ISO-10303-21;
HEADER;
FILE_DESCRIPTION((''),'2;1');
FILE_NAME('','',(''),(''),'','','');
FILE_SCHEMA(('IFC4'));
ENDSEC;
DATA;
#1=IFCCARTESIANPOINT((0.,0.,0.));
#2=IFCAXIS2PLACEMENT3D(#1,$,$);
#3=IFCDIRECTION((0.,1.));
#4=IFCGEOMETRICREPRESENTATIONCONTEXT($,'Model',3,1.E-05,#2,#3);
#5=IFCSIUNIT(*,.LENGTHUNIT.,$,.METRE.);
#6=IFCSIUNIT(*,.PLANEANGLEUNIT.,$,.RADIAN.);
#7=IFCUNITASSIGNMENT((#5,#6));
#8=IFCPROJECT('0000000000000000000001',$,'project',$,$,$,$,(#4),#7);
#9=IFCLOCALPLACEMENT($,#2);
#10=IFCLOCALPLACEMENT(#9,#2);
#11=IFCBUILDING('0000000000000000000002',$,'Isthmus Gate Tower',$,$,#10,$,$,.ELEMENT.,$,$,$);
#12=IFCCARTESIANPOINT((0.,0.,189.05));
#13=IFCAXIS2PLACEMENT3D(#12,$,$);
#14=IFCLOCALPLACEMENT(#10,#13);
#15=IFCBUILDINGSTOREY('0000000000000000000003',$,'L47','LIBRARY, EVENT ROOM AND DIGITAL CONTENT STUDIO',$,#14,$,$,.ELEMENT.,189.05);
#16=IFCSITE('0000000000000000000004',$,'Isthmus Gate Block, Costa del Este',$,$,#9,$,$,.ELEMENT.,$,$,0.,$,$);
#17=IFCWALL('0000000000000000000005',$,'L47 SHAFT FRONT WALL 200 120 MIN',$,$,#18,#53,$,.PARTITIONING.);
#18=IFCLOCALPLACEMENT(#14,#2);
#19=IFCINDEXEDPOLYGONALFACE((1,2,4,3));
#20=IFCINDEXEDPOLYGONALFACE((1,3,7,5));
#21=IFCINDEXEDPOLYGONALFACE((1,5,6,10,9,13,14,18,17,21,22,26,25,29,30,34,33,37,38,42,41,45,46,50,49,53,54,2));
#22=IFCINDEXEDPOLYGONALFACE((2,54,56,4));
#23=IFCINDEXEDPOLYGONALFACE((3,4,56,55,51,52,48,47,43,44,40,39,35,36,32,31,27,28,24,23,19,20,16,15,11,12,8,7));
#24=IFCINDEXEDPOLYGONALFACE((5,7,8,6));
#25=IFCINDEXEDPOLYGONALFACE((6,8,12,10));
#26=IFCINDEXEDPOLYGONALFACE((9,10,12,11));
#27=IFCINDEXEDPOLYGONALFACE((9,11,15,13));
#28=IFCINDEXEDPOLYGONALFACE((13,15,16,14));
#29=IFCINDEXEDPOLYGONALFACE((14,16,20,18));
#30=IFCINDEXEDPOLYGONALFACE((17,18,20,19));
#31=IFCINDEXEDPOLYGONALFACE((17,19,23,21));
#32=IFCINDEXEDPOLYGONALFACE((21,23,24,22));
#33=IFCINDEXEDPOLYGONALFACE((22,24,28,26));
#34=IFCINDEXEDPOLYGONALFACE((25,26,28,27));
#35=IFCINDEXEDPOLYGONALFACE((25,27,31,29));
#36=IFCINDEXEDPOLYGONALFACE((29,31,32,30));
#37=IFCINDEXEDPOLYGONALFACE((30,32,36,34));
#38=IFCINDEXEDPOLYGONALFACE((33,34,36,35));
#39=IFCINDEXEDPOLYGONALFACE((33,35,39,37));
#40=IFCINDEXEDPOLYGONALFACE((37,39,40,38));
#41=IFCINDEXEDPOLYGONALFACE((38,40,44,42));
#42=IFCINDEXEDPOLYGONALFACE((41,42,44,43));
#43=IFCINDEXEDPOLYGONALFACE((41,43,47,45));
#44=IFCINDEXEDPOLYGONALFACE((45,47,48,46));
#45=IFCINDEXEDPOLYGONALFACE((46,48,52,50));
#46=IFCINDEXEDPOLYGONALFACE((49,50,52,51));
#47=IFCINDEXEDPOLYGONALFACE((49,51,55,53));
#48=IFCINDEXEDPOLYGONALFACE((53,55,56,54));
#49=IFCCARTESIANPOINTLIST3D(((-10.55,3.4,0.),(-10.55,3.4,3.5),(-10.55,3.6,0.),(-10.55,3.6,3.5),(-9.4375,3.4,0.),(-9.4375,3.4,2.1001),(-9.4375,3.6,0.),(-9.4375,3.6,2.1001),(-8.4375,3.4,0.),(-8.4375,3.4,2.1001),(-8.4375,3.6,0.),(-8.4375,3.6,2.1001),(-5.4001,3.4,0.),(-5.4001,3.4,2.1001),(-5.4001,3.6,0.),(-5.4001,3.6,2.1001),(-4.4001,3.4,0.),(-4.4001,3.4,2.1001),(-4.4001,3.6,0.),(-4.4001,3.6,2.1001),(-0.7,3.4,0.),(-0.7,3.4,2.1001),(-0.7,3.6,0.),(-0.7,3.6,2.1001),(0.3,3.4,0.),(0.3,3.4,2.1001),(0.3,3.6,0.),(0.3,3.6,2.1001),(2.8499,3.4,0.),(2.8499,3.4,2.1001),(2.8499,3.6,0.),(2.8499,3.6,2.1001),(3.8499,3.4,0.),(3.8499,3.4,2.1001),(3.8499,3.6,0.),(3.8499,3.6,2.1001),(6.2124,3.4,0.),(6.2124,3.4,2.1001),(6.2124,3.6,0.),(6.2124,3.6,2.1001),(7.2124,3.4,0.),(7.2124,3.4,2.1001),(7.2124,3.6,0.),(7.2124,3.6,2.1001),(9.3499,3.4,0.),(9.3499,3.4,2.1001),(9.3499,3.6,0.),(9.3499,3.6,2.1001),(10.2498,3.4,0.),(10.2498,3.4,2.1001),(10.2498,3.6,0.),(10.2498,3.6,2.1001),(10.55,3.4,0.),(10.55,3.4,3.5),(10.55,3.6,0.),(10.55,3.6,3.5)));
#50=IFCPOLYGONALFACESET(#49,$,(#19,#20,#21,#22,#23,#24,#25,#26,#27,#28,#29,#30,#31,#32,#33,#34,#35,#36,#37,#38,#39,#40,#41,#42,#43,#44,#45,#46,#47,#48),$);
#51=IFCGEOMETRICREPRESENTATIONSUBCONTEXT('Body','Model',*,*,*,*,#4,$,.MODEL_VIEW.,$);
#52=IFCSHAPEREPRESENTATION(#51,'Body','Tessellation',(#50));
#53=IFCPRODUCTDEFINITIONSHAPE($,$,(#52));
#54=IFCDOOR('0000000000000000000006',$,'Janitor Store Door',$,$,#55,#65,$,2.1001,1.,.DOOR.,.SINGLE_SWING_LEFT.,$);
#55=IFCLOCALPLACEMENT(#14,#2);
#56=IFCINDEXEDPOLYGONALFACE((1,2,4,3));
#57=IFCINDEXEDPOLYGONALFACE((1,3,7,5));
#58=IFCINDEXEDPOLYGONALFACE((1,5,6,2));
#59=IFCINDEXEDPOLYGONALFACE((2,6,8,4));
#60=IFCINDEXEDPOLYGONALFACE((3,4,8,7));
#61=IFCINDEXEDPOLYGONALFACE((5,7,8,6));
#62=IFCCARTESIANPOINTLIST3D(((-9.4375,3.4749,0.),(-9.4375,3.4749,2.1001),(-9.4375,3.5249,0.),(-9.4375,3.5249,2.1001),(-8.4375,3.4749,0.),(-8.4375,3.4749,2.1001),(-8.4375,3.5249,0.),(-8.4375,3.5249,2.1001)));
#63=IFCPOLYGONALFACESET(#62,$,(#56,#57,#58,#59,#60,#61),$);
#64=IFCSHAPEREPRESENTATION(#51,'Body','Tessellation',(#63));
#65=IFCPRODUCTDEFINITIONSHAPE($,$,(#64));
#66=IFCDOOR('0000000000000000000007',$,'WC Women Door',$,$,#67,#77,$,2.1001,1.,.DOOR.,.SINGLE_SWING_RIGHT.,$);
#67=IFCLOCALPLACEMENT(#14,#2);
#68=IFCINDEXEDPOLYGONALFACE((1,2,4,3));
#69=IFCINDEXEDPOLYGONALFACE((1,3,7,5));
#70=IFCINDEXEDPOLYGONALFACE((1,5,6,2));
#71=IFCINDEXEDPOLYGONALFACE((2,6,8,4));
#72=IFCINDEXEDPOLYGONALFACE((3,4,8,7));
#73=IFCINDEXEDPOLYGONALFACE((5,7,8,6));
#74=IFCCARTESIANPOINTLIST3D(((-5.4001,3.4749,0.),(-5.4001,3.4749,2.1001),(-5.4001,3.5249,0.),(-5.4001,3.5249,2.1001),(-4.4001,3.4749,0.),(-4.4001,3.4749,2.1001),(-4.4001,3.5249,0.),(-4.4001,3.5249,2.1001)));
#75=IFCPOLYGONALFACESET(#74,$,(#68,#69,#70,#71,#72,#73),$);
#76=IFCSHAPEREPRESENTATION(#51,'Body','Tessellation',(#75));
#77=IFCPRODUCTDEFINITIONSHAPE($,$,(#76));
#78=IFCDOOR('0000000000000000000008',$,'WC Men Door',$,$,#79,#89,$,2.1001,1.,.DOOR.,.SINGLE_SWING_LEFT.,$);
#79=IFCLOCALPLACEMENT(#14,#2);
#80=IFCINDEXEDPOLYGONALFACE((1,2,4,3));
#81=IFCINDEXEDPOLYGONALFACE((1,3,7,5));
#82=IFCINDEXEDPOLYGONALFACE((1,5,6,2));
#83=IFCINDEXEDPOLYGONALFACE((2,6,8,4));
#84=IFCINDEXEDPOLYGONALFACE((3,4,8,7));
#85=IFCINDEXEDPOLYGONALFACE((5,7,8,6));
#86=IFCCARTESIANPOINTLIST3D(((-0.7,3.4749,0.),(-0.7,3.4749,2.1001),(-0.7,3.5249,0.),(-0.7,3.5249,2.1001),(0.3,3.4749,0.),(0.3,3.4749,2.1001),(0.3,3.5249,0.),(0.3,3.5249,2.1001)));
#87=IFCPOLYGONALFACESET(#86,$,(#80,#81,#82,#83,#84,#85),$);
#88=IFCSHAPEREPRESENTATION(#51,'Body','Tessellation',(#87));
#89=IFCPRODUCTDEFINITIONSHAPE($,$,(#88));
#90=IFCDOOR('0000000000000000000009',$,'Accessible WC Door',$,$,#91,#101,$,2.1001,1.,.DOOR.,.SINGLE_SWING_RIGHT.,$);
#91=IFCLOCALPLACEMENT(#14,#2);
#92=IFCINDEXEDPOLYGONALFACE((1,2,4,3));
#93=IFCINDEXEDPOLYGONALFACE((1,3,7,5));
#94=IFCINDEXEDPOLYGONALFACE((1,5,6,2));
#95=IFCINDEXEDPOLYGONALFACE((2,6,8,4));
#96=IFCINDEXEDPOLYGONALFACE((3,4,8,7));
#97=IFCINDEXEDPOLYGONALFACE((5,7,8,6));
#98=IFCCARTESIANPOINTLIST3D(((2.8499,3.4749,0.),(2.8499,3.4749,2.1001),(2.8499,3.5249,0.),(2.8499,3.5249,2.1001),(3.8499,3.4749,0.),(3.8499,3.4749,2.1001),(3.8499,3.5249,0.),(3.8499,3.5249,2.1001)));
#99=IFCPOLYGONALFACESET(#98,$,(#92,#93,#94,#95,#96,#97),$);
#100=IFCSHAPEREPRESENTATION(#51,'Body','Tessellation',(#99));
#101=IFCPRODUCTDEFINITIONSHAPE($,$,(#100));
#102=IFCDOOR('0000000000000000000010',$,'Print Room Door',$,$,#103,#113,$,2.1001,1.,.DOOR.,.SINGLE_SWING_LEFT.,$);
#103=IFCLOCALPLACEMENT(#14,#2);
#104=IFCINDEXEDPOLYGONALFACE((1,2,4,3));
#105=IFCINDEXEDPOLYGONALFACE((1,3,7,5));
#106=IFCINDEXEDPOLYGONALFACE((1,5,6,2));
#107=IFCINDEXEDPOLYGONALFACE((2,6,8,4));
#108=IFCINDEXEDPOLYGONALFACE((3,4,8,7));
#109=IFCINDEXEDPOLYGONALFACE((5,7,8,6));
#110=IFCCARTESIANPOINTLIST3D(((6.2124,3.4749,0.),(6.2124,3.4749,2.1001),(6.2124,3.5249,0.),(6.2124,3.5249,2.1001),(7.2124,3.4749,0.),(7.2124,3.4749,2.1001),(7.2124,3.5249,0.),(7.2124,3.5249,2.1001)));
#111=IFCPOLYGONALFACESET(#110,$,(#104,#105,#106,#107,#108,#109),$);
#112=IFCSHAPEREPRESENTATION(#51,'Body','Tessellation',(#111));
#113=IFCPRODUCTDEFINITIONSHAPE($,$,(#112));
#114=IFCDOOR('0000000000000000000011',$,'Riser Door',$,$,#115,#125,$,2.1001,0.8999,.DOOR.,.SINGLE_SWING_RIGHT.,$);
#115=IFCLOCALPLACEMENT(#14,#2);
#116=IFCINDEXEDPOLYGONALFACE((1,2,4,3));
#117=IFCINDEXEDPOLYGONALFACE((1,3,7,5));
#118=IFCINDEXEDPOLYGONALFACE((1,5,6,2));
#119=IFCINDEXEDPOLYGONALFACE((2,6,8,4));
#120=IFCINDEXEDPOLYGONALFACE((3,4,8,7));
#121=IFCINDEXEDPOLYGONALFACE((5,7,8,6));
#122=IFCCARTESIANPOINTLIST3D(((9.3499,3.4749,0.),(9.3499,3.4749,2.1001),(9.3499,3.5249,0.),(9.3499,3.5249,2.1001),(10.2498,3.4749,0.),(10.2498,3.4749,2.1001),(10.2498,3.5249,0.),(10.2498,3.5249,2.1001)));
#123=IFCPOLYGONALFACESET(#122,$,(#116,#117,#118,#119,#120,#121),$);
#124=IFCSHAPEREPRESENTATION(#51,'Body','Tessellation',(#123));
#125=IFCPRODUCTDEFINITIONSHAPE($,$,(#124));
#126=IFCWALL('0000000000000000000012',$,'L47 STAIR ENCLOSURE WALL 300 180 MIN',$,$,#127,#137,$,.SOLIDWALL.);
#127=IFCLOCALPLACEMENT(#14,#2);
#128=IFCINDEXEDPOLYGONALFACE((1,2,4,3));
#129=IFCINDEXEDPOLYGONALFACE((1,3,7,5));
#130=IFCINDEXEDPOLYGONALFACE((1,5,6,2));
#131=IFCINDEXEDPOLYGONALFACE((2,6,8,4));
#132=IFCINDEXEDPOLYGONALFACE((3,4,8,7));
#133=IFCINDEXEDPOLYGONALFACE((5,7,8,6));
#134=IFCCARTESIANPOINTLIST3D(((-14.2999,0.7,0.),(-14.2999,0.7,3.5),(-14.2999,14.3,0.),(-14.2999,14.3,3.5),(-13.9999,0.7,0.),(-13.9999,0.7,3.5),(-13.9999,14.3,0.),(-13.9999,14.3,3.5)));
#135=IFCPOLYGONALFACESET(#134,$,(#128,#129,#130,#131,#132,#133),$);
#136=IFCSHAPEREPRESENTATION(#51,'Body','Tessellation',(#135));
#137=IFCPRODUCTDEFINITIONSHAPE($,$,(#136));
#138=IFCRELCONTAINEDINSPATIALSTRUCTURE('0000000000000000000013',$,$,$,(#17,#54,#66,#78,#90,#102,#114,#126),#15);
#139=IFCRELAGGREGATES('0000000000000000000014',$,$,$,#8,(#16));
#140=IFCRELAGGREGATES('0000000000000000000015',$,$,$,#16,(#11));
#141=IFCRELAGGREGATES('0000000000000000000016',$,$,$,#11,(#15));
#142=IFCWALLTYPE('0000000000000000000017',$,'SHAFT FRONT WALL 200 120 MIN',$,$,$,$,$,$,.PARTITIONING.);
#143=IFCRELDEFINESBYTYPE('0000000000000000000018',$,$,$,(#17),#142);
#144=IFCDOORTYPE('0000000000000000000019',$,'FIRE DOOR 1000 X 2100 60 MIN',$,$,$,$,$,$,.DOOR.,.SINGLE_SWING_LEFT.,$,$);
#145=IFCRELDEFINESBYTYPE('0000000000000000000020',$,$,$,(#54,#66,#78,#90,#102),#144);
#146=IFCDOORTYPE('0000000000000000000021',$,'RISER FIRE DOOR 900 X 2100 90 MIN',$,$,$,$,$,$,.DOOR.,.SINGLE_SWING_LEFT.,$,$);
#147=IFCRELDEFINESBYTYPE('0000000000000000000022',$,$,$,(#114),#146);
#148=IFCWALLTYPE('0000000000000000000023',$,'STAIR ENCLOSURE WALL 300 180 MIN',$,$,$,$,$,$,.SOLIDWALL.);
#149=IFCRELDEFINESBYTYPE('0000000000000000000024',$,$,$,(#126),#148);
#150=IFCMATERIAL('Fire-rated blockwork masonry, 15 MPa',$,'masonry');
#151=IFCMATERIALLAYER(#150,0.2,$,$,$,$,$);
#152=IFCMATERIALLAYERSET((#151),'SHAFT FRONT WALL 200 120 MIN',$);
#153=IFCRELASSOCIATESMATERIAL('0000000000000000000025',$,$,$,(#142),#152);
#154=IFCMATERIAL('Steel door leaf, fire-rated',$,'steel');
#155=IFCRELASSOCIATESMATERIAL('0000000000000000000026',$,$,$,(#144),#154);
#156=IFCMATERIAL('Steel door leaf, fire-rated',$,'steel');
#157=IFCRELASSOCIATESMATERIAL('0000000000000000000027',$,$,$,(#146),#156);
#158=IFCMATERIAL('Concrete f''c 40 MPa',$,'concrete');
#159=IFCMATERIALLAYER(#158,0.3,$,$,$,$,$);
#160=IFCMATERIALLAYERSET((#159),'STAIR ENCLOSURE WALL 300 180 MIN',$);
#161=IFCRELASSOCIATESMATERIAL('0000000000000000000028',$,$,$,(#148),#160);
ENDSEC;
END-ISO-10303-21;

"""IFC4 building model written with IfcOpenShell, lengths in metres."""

from ifc_helpers import new_model, si_unit, direction, frame, frame_2d, origin, place, context, subcontext, project, spatial, rectangle, extrude, material, layer, layer_set, type_object, element, fill, save


model = new_model("IFC4")

# Units and contexts
model_context = context("Model", 3, precision=1e-05, world=origin(), true_north=direction((0.0, 1.0)))
body_context = subcontext(model_context, "Body", "Model", "MODEL_VIEW")
ifc_project = project(units=[si_unit("LENGTHUNIT", "METRE"), si_unit("PLANEANGLEUNIT", "RADIAN")], contexts=[model_context])

# Site, building, storey
site_placement = place(None, origin())
site = spatial("IfcSite", under=ifc_project, at=site_placement, Name="Isthmus Gate Block, Costa del Este", CompositionType="ELEMENT", RefElevation=0.0)
building_placement = place(site_placement, origin())
building = spatial("IfcBuilding", under=site, at=building_placement, Name="Isthmus Gate Tower", CompositionType="ELEMENT")
storey_placement = place(building_placement, frame((0.0, 0.0, 189.05)))
storey = spatial("IfcBuildingStorey", under=building, at=storey_placement, Name="L47", Description="LIBRARY, EVENT ROOM AND DIGITAL CONTENT STUDIO", CompositionType="ELEMENT", Elevation=189.05)

# Wall, openings, doors
ifc_material_1 = material(Name="Fire-rated blockwork masonry, 15 MPa", Category="masonry")
ifc_layer_1 = layer(ifc_material_1, 0.2)
ifc_layer_set_1 = layer_set([ifc_layer_1], Name="SHAFT FRONT WALL 200 120 MIN")
wall_type_1 = type_object("IfcWallType", Name="SHAFT FRONT WALL 200 120 MIN", PredefinedType="PARTITIONING", material=ifc_layer_set_1)
wall_1_placement = place(storey_placement, frame((-10.55, 3.5, 0.0), z_axis=(0.0, 0.0, 1.0), x_axis=(1.0, 0.0, 0.0)))
wall_1 = element("IfcWall", 1, at=wall_1_placement, inside=storey, type_object=wall_type_1, Name="L47 SHAFT FRONT WALL 200 120 MIN", PredefinedType="PARTITIONING", context=body_context, shape_type="SweptSolid", body=[
    extrude(rectangle(XDim=21.1001, YDim=0.2, at=frame_2d((10.55, 0.0))), origin(), (0.0, 0.0, 1.0), 3.5),
])
opening_1_placement = place(wall_1_placement, frame((1.1125, 0.0, 0.0)))
opening_1 = element("IfcOpeningElement", 2, at=opening_1_placement, cuts=wall_1, PredefinedType="OPENING", context=body_context, shape_type="SweptSolid", body=[
    extrude(rectangle(XDim=1.0, YDim=2.1001, at=frame_2d((0.5, 1.05))), frame((0.0, 0.1099, 0.0), z_axis=(0.0, -1.0, 0.0), x_axis=(1.0, 0.0, 0.0)), (0.0, 0.0, 1.0), 0.22),
])
opening_2_placement = place(wall_1_placement, frame((5.1499, 0.0, 0.0)))
opening_2 = element("IfcOpeningElement", 3, at=opening_2_placement, cuts=wall_1, PredefinedType="OPENING", context=body_context, shape_type="SweptSolid", body=[
    extrude(rectangle(XDim=1.0, YDim=2.1001, at=frame_2d((0.5, 1.05))), frame((0.0, 0.1099, 0.0), z_axis=(0.0, -1.0, 0.0), x_axis=(1.0, 0.0, 0.0)), (0.0, 0.0, 1.0), 0.22),
])
opening_3_placement = place(wall_1_placement, frame((9.8501, 0.0, 0.0)))
opening_3 = element("IfcOpeningElement", 4, at=opening_3_placement, cuts=wall_1, PredefinedType="OPENING", context=body_context, shape_type="SweptSolid", body=[
    extrude(rectangle(XDim=1.0, YDim=2.1001, at=frame_2d((0.5, 1.05))), frame((0.0, 0.1099, 0.0), z_axis=(0.0, -1.0, 0.0), x_axis=(1.0, 0.0, 0.0)), (0.0, 0.0, 1.0), 0.22),
])
opening_4_placement = place(wall_1_placement, frame((13.3999, 0.0, 0.0)))
opening_4 = element("IfcOpeningElement", 5, at=opening_4_placement, cuts=wall_1, PredefinedType="OPENING", context=body_context, shape_type="SweptSolid", body=[
    extrude(rectangle(XDim=1.0, YDim=2.1001, at=frame_2d((0.5, 1.05))), frame((0.0, 0.1099, 0.0), z_axis=(0.0, -1.0, 0.0), x_axis=(1.0, 0.0, 0.0)), (0.0, 0.0, 1.0), 0.22),
])
opening_5_placement = place(wall_1_placement, frame((16.7625, 0.0, 0.0)))
opening_5 = element("IfcOpeningElement", 6, at=opening_5_placement, cuts=wall_1, PredefinedType="OPENING", context=body_context, shape_type="SweptSolid", body=[
    extrude(rectangle(XDim=1.0, YDim=2.1001, at=frame_2d((0.5, 1.05))), frame((0.0, 0.1099, 0.0), z_axis=(0.0, -1.0, 0.0), x_axis=(1.0, 0.0, 0.0)), (0.0, 0.0, 1.0), 0.22),
])
opening_6_placement = place(wall_1_placement, frame((19.8999, 0.0, 0.0)))
opening_6 = element("IfcOpeningElement", 7, at=opening_6_placement, cuts=wall_1, PredefinedType="OPENING", context=body_context, shape_type="SweptSolid", body=[
    extrude(rectangle(XDim=0.8999, YDim=2.1001, at=frame_2d((0.45, 1.05))), frame((0.0, 0.1099, 0.0), z_axis=(0.0, -1.0, 0.0), x_axis=(1.0, 0.0, 0.0)), (0.0, 0.0, 1.0), 0.22),
])
ifc_material_2 = material(Name="Steel door leaf, fire-rated", Category="steel")
door_type_1 = type_object("IfcDoorType", Name="FIRE DOOR 1000 X 2100 60 MIN", OperationType="SINGLE_SWING_LEFT", PredefinedType="DOOR", material=ifc_material_2)
door_1_placement = place(opening_1_placement, origin())
door_1 = element("IfcDoor", 8, at=door_1_placement, inside=storey, type_object=door_type_1, Name="Janitor Store Door", OperationType="SINGLE_SWING_LEFT", OverallHeight=2.1001, OverallWidth=1.0, PredefinedType="DOOR", context=body_context, shape_type="SweptSolid", body=[
    extrude(rectangle(XDim=1.0, YDim=2.1001, at=frame_2d((0.5, 1.05))), frame((0.0, 0.0249, 0.0), z_axis=(0.0, -1.0, 0.0), x_axis=(1.0, 0.0, 0.0)), (0.0, 0.0, 1.0), 0.05),
])
fill(opening_1, door_1)
door_2_placement = place(opening_2_placement, origin())
door_2 = element("IfcDoor", 9, at=door_2_placement, inside=storey, type_object=door_type_1, Name="WC Women Door", OperationType="SINGLE_SWING_RIGHT", OverallHeight=2.1001, OverallWidth=1.0, PredefinedType="DOOR", context=body_context, shape_type="SweptSolid", body=[
    extrude(rectangle(XDim=1.0, YDim=2.1001, at=frame_2d((0.5, 1.05))), frame((0.0, 0.0249, 0.0), z_axis=(0.0, -1.0, 0.0), x_axis=(1.0, 0.0, 0.0)), (0.0, 0.0, 1.0), 0.05),
])
fill(opening_2, door_2)
door_3_placement = place(opening_3_placement, origin())
door_3 = element("IfcDoor", 10, at=door_3_placement, inside=storey, type_object=door_type_1, Name="WC Men Door", OperationType="SINGLE_SWING_LEFT", OverallHeight=2.1001, OverallWidth=1.0, PredefinedType="DOOR", context=body_context, shape_type="SweptSolid", body=[
    extrude(rectangle(XDim=1.0, YDim=2.1001, at=frame_2d((0.5, 1.05))), frame((0.0, 0.0249, 0.0), z_axis=(0.0, -1.0, 0.0), x_axis=(1.0, 0.0, 0.0)), (0.0, 0.0, 1.0), 0.05),
])
fill(opening_3, door_3)
door_4_placement = place(opening_4_placement, origin())
door_4 = element("IfcDoor", 11, at=door_4_placement, inside=storey, type_object=door_type_1, Name="Accessible WC Door", OperationType="SINGLE_SWING_RIGHT", OverallHeight=2.1001, OverallWidth=1.0, PredefinedType="DOOR", context=body_context, shape_type="SweptSolid", body=[
    extrude(rectangle(XDim=1.0, YDim=2.1001, at=frame_2d((0.5, 1.05))), frame((0.0, 0.0249, 0.0), z_axis=(0.0, -1.0, 0.0), x_axis=(1.0, 0.0, 0.0)), (0.0, 0.0, 1.0), 0.05),
])
fill(opening_4, door_4)
door_5_placement = place(opening_5_placement, origin())
door_5 = element("IfcDoor", 12, at=door_5_placement, inside=storey, type_object=door_type_1, Name="Print Room Door", OperationType="SINGLE_SWING_LEFT", OverallHeight=2.1001, OverallWidth=1.0, PredefinedType="DOOR", context=body_context, shape_type="SweptSolid", body=[
    extrude(rectangle(XDim=1.0, YDim=2.1001, at=frame_2d((0.5, 1.05))), frame((0.0, 0.0249, 0.0), z_axis=(0.0, -1.0, 0.0), x_axis=(1.0, 0.0, 0.0)), (0.0, 0.0, 1.0), 0.05),
])
fill(opening_5, door_5)
ifc_material_3 = material(Name="Steel door leaf, fire-rated", Category="steel")
door_type_2 = type_object("IfcDoorType", Name="RISER FIRE DOOR 900 X 2100 90 MIN", OperationType="SINGLE_SWING_LEFT", PredefinedType="DOOR", material=ifc_material_3)
door_6_placement = place(opening_6_placement, origin())
door_6 = element("IfcDoor", 13, at=door_6_placement, inside=storey, type_object=door_type_2, Name="Riser Door", OperationType="SINGLE_SWING_RIGHT", OverallHeight=2.1001, OverallWidth=0.8999, PredefinedType="DOOR", context=body_context, shape_type="SweptSolid", body=[
    extrude(rectangle(XDim=0.8999, YDim=2.1001, at=frame_2d((0.45, 1.05))), frame((0.0, 0.0249, 0.0), z_axis=(0.0, -1.0, 0.0), x_axis=(1.0, 0.0, 0.0)), (0.0, 0.0, 1.0), 0.05),
])
fill(opening_6, door_6)

# Wall
ifc_material_4 = material(Name="Concrete f'c 40 MPa", Category="concrete")
ifc_layer_2 = layer(ifc_material_4, 0.3)
ifc_layer_set_2 = layer_set([ifc_layer_2], Name="STAIR ENCLOSURE WALL 300 180 MIN")
wall_type_2 = type_object("IfcWallType", Name="STAIR ENCLOSURE WALL 300 180 MIN", PredefinedType="SOLIDWALL", material=ifc_layer_set_2)
wall_2_placement = place(storey_placement, frame((-14.1499, 0.7, 0.0), z_axis=(0.0, 0.0, 1.0), x_axis=(0.0, 1.0, 0.0)))
element("IfcWall", 14, at=wall_2_placement, inside=storey, type_object=wall_type_2, Name="L47 STAIR ENCLOSURE WALL 300 180 MIN", PredefinedType="SOLIDWALL", context=body_context, shape_type="SweptSolid", body=[
    extrude(rectangle(XDim=13.6001, YDim=0.3, at=frame_2d((6.8, 0.0))), origin(), (0.0, 0.0, 1.0), 3.5),
])

save(model, "model.ifc")
